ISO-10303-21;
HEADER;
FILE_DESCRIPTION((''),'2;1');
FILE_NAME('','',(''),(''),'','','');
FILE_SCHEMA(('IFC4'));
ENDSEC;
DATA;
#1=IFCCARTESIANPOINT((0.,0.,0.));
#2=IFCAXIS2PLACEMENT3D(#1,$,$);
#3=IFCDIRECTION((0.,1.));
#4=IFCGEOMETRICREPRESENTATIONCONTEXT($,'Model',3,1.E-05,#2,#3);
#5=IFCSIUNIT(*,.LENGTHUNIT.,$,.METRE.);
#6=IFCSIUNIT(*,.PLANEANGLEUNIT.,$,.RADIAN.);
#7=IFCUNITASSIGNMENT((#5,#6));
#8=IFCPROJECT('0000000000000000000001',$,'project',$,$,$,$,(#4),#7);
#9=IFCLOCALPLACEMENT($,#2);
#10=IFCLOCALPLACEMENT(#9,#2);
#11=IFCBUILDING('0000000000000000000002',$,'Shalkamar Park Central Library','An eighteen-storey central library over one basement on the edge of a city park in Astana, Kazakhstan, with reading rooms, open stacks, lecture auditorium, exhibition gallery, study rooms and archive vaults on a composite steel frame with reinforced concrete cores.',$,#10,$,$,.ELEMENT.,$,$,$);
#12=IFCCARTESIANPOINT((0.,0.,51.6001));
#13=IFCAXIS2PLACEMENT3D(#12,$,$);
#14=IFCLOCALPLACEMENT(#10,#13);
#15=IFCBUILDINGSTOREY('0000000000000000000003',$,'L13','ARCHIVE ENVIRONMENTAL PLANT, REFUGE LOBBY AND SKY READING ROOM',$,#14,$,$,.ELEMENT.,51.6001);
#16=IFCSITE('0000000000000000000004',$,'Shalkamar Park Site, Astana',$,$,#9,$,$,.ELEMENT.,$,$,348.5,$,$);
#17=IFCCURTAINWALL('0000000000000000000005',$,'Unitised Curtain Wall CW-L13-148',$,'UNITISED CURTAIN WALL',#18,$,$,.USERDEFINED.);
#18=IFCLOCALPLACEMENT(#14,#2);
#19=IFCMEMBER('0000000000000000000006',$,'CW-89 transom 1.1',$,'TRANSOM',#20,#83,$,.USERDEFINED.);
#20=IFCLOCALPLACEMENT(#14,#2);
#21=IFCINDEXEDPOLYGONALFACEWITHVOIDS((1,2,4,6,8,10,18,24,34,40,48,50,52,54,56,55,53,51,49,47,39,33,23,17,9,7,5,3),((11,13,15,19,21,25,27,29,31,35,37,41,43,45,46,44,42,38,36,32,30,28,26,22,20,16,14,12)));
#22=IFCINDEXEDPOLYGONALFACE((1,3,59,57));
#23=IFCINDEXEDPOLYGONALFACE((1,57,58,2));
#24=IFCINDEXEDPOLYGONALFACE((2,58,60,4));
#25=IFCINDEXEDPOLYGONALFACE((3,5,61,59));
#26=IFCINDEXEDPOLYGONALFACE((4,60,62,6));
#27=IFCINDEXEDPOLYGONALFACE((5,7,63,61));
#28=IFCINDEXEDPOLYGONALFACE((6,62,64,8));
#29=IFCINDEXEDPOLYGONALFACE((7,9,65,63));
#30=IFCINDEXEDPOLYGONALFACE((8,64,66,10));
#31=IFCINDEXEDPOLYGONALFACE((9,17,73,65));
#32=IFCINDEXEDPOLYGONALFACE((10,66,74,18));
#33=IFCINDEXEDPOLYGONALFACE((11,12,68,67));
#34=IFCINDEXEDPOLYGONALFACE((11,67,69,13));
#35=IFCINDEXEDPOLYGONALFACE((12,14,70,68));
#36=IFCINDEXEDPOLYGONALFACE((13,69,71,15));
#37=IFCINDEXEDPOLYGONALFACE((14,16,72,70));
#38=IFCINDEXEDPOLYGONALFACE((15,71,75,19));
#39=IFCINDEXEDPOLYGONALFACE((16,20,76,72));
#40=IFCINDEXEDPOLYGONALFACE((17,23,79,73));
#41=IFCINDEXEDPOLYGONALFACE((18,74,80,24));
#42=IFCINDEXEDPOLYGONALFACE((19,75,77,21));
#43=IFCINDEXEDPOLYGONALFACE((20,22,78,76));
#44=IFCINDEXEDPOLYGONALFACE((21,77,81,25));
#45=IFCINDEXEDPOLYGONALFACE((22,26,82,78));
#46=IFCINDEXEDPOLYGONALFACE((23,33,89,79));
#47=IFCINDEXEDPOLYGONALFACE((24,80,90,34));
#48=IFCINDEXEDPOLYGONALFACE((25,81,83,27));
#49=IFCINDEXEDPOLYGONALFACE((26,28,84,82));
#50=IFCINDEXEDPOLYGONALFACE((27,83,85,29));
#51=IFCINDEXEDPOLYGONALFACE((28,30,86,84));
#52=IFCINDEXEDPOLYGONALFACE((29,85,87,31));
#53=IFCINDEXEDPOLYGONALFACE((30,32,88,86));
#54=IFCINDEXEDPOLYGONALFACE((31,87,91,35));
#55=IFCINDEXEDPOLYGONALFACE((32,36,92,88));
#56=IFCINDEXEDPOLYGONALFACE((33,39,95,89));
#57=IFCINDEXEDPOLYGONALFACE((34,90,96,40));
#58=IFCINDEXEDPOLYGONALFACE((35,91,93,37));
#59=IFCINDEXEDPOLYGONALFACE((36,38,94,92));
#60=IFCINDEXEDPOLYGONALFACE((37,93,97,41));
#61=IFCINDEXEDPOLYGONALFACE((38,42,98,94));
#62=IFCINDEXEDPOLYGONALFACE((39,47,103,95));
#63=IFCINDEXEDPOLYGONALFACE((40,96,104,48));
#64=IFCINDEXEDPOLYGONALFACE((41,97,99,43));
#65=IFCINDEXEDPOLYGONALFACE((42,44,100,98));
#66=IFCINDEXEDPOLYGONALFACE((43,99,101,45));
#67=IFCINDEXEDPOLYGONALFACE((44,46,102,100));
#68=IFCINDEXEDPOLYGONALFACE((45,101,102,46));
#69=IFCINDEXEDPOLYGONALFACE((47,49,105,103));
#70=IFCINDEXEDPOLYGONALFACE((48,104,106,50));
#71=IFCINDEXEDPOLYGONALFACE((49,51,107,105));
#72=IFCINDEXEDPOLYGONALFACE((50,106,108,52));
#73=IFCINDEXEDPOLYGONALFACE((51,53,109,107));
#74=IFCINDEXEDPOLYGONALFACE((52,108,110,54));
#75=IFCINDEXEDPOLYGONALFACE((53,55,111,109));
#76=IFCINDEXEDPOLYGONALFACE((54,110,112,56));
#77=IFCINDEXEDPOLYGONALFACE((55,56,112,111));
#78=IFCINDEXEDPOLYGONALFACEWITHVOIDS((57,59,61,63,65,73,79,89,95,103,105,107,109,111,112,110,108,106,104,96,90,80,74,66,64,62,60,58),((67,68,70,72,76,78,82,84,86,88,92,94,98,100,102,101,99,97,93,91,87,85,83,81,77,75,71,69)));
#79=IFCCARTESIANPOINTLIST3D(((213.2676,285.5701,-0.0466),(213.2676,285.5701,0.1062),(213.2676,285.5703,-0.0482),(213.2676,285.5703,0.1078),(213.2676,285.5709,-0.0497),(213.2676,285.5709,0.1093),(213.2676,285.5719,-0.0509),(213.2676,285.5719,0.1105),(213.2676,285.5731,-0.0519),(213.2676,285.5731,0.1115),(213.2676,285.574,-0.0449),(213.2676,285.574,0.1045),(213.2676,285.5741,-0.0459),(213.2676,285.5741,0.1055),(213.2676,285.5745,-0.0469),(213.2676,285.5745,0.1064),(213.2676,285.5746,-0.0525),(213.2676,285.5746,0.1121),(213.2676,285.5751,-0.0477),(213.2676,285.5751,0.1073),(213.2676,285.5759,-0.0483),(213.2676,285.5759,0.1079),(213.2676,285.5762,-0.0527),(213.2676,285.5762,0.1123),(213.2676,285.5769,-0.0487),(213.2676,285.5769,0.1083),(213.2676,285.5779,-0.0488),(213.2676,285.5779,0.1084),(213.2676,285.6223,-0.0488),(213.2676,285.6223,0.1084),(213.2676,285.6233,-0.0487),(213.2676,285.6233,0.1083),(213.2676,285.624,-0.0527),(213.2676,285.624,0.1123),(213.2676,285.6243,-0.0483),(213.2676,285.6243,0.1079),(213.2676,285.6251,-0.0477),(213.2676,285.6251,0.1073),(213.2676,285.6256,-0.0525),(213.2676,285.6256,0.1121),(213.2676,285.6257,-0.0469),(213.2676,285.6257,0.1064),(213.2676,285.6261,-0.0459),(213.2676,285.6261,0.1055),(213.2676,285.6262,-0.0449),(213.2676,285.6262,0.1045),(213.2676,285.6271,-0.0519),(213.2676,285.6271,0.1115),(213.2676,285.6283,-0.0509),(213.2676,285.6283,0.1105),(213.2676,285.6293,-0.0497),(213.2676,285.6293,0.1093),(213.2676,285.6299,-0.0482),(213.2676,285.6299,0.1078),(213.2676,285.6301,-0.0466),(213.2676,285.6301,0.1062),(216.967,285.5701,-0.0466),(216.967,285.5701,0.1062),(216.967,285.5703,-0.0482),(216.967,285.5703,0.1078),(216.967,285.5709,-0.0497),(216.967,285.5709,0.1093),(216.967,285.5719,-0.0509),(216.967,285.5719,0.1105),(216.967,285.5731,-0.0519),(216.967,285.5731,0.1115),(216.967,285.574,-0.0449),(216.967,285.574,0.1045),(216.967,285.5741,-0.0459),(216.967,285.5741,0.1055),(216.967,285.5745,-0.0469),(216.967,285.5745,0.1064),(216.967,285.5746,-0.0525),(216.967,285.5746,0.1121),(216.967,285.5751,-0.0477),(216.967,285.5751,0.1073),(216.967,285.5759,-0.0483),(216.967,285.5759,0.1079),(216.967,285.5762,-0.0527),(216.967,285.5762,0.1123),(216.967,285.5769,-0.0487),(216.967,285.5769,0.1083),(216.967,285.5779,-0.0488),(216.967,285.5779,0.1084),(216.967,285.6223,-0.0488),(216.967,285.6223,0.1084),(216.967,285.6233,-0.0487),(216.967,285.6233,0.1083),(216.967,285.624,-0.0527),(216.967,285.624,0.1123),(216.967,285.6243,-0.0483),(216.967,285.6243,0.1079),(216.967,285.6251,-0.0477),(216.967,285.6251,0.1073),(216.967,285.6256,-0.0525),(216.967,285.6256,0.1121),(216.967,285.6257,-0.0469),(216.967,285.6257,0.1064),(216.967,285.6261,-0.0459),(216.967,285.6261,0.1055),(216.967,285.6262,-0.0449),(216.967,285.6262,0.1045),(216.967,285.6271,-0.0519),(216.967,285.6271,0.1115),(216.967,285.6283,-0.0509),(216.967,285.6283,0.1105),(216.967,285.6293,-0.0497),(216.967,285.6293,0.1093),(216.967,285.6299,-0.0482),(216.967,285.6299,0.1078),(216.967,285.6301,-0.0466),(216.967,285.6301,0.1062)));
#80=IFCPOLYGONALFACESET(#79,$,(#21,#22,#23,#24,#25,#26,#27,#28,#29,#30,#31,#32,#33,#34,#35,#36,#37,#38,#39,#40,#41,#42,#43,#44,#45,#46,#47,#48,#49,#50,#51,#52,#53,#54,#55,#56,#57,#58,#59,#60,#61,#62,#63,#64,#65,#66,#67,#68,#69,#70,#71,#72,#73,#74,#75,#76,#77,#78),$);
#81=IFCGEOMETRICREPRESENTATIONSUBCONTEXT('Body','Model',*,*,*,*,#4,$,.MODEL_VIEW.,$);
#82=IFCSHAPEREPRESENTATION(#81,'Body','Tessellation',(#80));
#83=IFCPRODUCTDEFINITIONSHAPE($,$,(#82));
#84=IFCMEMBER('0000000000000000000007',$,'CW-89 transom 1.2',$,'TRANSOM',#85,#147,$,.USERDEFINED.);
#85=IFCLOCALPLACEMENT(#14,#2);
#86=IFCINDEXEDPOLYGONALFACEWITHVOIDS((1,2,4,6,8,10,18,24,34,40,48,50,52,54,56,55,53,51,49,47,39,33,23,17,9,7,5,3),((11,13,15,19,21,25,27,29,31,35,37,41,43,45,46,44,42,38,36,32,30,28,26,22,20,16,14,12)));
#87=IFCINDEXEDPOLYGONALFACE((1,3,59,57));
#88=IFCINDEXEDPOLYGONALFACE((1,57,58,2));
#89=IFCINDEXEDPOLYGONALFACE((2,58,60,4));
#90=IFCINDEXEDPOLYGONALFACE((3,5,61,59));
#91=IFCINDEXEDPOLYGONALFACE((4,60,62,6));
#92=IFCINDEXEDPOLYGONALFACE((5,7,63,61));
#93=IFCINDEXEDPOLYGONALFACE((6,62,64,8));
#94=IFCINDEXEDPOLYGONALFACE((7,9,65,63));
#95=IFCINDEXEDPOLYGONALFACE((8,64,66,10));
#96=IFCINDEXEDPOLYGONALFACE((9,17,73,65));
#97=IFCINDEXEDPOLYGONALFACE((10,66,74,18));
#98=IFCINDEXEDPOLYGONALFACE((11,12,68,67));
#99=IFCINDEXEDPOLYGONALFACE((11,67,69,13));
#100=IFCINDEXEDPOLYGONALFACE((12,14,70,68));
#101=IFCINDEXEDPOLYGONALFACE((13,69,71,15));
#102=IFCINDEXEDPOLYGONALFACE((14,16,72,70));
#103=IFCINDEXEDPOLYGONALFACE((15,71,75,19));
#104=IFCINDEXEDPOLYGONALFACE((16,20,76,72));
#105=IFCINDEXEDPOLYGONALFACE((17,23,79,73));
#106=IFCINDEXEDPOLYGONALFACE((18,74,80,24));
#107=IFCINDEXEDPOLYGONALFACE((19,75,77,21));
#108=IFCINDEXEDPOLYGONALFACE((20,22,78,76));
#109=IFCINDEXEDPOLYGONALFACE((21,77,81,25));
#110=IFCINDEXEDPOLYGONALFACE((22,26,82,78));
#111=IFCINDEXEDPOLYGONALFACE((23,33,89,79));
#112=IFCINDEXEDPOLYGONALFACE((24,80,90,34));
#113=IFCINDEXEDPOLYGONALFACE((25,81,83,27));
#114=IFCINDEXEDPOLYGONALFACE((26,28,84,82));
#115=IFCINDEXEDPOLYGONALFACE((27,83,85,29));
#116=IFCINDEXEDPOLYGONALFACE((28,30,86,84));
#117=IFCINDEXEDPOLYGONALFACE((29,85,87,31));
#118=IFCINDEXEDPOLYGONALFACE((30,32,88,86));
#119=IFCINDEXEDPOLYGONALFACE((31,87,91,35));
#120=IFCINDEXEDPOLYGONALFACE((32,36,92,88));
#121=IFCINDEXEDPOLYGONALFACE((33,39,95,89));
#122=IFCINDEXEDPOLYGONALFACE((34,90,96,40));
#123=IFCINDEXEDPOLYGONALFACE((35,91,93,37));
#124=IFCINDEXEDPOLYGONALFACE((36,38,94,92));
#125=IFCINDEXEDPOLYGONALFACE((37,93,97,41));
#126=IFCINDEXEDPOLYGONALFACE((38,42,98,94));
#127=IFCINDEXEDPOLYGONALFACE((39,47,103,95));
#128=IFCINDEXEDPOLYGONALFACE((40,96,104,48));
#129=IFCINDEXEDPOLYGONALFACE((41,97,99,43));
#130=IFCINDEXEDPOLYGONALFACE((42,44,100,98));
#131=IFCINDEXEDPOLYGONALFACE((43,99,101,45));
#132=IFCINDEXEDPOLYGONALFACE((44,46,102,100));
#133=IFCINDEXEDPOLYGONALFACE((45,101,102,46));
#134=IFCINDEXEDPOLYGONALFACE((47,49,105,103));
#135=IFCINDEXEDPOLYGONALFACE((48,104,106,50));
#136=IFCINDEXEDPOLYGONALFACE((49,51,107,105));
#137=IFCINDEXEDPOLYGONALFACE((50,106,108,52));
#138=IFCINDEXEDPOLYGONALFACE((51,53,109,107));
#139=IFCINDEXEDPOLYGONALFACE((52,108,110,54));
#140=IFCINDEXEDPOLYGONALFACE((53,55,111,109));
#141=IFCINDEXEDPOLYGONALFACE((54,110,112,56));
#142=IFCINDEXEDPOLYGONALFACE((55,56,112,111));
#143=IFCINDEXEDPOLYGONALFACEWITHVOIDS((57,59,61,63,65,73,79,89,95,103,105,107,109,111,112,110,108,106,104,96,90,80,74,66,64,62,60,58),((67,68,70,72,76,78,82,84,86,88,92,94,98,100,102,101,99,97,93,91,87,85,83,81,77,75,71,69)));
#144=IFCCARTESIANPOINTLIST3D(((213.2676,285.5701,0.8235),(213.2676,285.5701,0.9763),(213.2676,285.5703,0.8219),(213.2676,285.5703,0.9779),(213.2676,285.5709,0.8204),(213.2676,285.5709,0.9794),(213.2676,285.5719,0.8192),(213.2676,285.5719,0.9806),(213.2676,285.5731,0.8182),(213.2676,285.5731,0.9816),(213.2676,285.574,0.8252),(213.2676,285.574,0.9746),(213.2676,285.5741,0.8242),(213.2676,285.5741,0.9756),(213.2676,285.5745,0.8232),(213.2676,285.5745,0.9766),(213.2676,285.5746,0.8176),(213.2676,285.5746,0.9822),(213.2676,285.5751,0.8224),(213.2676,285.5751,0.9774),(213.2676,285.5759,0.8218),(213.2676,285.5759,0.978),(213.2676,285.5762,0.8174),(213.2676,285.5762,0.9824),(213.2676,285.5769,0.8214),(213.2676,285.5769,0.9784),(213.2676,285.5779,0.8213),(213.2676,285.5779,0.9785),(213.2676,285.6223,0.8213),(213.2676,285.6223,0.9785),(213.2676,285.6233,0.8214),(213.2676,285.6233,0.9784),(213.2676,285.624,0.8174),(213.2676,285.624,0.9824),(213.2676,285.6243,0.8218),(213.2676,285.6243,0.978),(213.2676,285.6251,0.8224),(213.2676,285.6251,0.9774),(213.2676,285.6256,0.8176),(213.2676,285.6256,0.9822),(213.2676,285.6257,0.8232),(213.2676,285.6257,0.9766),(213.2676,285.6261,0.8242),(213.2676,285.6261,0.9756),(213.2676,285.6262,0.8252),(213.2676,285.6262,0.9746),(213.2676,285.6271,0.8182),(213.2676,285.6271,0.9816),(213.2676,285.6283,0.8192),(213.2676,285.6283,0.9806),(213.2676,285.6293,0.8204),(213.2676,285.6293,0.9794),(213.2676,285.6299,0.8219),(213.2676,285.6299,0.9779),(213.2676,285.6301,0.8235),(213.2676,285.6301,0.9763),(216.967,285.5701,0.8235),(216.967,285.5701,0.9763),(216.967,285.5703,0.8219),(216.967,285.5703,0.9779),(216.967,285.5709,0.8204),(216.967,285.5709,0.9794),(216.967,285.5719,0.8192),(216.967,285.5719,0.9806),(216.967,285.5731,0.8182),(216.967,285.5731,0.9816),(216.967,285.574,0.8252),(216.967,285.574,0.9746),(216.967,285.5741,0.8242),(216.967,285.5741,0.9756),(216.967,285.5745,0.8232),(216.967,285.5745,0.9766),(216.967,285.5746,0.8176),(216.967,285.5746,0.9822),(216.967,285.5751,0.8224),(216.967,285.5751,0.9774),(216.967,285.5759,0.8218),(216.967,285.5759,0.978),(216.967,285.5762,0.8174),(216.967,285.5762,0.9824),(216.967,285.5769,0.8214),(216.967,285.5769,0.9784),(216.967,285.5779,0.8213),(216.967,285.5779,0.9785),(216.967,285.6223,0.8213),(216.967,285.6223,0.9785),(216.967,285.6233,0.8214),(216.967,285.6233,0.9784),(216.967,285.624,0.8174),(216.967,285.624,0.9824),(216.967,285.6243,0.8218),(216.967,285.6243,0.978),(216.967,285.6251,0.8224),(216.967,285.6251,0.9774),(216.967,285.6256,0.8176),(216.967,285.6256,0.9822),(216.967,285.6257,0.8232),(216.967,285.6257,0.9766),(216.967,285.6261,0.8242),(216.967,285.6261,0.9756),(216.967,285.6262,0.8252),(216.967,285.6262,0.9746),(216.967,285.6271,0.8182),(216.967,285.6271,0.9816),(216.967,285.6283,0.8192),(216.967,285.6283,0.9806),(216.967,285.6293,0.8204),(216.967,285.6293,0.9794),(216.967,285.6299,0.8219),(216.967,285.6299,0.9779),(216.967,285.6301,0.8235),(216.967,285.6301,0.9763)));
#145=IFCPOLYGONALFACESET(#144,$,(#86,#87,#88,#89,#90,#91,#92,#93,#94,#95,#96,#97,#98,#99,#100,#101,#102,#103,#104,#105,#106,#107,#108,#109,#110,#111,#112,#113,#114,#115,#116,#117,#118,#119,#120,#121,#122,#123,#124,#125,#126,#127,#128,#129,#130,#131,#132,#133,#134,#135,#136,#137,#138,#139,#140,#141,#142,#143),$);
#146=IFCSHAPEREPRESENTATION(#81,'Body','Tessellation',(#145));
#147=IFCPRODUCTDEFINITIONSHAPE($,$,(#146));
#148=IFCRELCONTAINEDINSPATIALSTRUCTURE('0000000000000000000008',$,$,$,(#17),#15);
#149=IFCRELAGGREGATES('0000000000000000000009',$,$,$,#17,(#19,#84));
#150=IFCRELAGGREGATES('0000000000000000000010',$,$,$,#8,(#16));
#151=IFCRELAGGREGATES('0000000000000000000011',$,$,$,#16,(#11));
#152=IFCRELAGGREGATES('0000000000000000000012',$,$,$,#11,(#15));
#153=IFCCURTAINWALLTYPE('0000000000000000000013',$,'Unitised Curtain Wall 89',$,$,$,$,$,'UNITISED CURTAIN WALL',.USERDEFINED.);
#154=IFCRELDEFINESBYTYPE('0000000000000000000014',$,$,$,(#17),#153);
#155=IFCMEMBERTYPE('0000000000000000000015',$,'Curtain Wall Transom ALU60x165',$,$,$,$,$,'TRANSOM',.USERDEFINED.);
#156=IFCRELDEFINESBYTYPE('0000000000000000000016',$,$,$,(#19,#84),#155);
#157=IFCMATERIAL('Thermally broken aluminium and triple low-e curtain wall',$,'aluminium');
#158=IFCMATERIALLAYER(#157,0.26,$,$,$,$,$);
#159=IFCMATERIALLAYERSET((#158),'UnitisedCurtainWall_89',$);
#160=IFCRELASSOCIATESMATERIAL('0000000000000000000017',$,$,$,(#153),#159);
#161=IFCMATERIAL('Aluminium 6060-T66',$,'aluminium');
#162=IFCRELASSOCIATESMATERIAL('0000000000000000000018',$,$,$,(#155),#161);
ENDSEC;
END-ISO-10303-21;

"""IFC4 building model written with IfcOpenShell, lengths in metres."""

from ifc_helpers import new_model, si_unit, direction, frame, origin, origin_2d, place, context, subcontext, project, spatial, hollow_rectangle, extrude, material, layer, layer_set, material_profile, profile_set, type_object, element, aggregate, save


model = new_model("IFC4")

# Units and contexts
model_context = context("Model", 3, precision=1e-05, world=origin(), true_north=direction((0.0, 1.0)))
body_context = subcontext(model_context, "Body", "Model", "MODEL_VIEW")
ifc_project = project(units=[si_unit("LENGTHUNIT", "METRE"), si_unit("PLANEANGLEUNIT", "RADIAN")], contexts=[model_context])

# Site, building, storey
site_placement = place(None, origin())
site = spatial("IfcSite", under=ifc_project, at=site_placement, Name="Shalkamar Park Site, Astana", CompositionType="ELEMENT", RefElevation=348.5)
building_placement = place(site_placement, origin())
building = spatial("IfcBuilding", under=site, at=building_placement, Name="Shalkamar Park Central Library", Description="An eighteen-storey central library over one basement on the edge of a city park in Astana, Kazakhstan, with reading rooms, open stacks, lecture auditorium, exhibition gallery, study rooms and archive vaults on a composite steel frame with reinforced concrete cores.", CompositionType="ELEMENT")
storey_placement = place(building_placement, frame((0.0, 0.0, 51.6001)))
storey = spatial("IfcBuildingStorey", under=building, at=storey_placement, Name="L13", Description="ARCHIVE ENVIRONMENTAL PLANT, REFUGE LOBBY AND SKY READING ROOM", CompositionType="ELEMENT", Elevation=51.6001)

# Shared definitions
ifc_material_1 = material(Name="Thermally broken aluminium and triple low-e curtain wall", Category="aluminium")
ifc_material_2 = material(Name="Aluminium 6060-T66", Category="aluminium")

# Curtain wall
ifc_layer_1 = layer(ifc_material_1, 0.26)
ifc_layer_set_1 = layer_set([ifc_layer_1], Name="UnitisedCurtainWall_89")
curtain_wall_type_1 = type_object("IfcCurtainWallType", Name="Unitised Curtain Wall 89", ElementType="UNITISED CURTAIN WALL", PredefinedType="USERDEFINED", material=ifc_layer_set_1)
curtain_wall_1_placement = place(storey_placement, origin())
curtain_wall_1 = element("IfcCurtainWall", 1, at=curtain_wall_1_placement, inside=storey, type_object=curtain_wall_type_1, Name="Unitised Curtain Wall CW-L13-148", ObjectType="UNITISED CURTAIN WALL", PredefinedType="USERDEFINED")

# Members
ifc_material_profile_1 = material_profile(ifc_material_2, hollow_rectangle(XDim=0.0601, YDim=0.165, WallThickness=0.0039, InnerFilletRadius=0.0039, OuterFilletRadius=0.0061, at=origin_2d()), Name="ALU 60x165x4")
ifc_profile_set_1 = profile_set([ifc_material_profile_1], Name="Aluminium 6060-T66")
member_type_1 = type_object("IfcMemberType", Name="Curtain Wall Transom ALU60x165", ElementType="TRANSOM", PredefinedType="USERDEFINED", material=ifc_profile_set_1)
member_1_placement = place(storey_placement, frame((213.2676, 285.6001, 0.0298), z_axis=(1.0, 0.0, 0.0), x_axis=(0.0, 1.0, 0.0)))
member_1 = element("IfcMember", 2, at=member_1_placement, type_object=member_type_1, Name="CW-89 transom 1.1", ObjectType="TRANSOM", PredefinedType="USERDEFINED", context=body_context, shape_type="SweptSolid", body=[
    extrude(hollow_rectangle(XDim=0.0601, YDim=0.165, WallThickness=0.0039, InnerFilletRadius=0.0039, OuterFilletRadius=0.0061, at=origin_2d()), origin(), (0.0, 0.0, 1.0), 3.6995),
])
member_2_placement = place(storey_placement, frame((213.2676, 285.6001, 0.8999), z_axis=(1.0, 0.0, 0.0), x_axis=(0.0, 1.0, 0.0)))
member_2 = element("IfcMember", 3, at=member_2_placement, type_object=member_type_1, Name="CW-89 transom 1.2", ObjectType="TRANSOM", PredefinedType="USERDEFINED", context=body_context, shape_type="SweptSolid", body=[
    extrude(hollow_rectangle(XDim=0.0601, YDim=0.165, WallThickness=0.0039, InnerFilletRadius=0.0039, OuterFilletRadius=0.0061, at=origin_2d()), origin(), (0.0, 0.0, 1.0), 3.6995),
])

aggregate(curtain_wall_1, [member_1, member_2])

save(model, "model.ifc")
